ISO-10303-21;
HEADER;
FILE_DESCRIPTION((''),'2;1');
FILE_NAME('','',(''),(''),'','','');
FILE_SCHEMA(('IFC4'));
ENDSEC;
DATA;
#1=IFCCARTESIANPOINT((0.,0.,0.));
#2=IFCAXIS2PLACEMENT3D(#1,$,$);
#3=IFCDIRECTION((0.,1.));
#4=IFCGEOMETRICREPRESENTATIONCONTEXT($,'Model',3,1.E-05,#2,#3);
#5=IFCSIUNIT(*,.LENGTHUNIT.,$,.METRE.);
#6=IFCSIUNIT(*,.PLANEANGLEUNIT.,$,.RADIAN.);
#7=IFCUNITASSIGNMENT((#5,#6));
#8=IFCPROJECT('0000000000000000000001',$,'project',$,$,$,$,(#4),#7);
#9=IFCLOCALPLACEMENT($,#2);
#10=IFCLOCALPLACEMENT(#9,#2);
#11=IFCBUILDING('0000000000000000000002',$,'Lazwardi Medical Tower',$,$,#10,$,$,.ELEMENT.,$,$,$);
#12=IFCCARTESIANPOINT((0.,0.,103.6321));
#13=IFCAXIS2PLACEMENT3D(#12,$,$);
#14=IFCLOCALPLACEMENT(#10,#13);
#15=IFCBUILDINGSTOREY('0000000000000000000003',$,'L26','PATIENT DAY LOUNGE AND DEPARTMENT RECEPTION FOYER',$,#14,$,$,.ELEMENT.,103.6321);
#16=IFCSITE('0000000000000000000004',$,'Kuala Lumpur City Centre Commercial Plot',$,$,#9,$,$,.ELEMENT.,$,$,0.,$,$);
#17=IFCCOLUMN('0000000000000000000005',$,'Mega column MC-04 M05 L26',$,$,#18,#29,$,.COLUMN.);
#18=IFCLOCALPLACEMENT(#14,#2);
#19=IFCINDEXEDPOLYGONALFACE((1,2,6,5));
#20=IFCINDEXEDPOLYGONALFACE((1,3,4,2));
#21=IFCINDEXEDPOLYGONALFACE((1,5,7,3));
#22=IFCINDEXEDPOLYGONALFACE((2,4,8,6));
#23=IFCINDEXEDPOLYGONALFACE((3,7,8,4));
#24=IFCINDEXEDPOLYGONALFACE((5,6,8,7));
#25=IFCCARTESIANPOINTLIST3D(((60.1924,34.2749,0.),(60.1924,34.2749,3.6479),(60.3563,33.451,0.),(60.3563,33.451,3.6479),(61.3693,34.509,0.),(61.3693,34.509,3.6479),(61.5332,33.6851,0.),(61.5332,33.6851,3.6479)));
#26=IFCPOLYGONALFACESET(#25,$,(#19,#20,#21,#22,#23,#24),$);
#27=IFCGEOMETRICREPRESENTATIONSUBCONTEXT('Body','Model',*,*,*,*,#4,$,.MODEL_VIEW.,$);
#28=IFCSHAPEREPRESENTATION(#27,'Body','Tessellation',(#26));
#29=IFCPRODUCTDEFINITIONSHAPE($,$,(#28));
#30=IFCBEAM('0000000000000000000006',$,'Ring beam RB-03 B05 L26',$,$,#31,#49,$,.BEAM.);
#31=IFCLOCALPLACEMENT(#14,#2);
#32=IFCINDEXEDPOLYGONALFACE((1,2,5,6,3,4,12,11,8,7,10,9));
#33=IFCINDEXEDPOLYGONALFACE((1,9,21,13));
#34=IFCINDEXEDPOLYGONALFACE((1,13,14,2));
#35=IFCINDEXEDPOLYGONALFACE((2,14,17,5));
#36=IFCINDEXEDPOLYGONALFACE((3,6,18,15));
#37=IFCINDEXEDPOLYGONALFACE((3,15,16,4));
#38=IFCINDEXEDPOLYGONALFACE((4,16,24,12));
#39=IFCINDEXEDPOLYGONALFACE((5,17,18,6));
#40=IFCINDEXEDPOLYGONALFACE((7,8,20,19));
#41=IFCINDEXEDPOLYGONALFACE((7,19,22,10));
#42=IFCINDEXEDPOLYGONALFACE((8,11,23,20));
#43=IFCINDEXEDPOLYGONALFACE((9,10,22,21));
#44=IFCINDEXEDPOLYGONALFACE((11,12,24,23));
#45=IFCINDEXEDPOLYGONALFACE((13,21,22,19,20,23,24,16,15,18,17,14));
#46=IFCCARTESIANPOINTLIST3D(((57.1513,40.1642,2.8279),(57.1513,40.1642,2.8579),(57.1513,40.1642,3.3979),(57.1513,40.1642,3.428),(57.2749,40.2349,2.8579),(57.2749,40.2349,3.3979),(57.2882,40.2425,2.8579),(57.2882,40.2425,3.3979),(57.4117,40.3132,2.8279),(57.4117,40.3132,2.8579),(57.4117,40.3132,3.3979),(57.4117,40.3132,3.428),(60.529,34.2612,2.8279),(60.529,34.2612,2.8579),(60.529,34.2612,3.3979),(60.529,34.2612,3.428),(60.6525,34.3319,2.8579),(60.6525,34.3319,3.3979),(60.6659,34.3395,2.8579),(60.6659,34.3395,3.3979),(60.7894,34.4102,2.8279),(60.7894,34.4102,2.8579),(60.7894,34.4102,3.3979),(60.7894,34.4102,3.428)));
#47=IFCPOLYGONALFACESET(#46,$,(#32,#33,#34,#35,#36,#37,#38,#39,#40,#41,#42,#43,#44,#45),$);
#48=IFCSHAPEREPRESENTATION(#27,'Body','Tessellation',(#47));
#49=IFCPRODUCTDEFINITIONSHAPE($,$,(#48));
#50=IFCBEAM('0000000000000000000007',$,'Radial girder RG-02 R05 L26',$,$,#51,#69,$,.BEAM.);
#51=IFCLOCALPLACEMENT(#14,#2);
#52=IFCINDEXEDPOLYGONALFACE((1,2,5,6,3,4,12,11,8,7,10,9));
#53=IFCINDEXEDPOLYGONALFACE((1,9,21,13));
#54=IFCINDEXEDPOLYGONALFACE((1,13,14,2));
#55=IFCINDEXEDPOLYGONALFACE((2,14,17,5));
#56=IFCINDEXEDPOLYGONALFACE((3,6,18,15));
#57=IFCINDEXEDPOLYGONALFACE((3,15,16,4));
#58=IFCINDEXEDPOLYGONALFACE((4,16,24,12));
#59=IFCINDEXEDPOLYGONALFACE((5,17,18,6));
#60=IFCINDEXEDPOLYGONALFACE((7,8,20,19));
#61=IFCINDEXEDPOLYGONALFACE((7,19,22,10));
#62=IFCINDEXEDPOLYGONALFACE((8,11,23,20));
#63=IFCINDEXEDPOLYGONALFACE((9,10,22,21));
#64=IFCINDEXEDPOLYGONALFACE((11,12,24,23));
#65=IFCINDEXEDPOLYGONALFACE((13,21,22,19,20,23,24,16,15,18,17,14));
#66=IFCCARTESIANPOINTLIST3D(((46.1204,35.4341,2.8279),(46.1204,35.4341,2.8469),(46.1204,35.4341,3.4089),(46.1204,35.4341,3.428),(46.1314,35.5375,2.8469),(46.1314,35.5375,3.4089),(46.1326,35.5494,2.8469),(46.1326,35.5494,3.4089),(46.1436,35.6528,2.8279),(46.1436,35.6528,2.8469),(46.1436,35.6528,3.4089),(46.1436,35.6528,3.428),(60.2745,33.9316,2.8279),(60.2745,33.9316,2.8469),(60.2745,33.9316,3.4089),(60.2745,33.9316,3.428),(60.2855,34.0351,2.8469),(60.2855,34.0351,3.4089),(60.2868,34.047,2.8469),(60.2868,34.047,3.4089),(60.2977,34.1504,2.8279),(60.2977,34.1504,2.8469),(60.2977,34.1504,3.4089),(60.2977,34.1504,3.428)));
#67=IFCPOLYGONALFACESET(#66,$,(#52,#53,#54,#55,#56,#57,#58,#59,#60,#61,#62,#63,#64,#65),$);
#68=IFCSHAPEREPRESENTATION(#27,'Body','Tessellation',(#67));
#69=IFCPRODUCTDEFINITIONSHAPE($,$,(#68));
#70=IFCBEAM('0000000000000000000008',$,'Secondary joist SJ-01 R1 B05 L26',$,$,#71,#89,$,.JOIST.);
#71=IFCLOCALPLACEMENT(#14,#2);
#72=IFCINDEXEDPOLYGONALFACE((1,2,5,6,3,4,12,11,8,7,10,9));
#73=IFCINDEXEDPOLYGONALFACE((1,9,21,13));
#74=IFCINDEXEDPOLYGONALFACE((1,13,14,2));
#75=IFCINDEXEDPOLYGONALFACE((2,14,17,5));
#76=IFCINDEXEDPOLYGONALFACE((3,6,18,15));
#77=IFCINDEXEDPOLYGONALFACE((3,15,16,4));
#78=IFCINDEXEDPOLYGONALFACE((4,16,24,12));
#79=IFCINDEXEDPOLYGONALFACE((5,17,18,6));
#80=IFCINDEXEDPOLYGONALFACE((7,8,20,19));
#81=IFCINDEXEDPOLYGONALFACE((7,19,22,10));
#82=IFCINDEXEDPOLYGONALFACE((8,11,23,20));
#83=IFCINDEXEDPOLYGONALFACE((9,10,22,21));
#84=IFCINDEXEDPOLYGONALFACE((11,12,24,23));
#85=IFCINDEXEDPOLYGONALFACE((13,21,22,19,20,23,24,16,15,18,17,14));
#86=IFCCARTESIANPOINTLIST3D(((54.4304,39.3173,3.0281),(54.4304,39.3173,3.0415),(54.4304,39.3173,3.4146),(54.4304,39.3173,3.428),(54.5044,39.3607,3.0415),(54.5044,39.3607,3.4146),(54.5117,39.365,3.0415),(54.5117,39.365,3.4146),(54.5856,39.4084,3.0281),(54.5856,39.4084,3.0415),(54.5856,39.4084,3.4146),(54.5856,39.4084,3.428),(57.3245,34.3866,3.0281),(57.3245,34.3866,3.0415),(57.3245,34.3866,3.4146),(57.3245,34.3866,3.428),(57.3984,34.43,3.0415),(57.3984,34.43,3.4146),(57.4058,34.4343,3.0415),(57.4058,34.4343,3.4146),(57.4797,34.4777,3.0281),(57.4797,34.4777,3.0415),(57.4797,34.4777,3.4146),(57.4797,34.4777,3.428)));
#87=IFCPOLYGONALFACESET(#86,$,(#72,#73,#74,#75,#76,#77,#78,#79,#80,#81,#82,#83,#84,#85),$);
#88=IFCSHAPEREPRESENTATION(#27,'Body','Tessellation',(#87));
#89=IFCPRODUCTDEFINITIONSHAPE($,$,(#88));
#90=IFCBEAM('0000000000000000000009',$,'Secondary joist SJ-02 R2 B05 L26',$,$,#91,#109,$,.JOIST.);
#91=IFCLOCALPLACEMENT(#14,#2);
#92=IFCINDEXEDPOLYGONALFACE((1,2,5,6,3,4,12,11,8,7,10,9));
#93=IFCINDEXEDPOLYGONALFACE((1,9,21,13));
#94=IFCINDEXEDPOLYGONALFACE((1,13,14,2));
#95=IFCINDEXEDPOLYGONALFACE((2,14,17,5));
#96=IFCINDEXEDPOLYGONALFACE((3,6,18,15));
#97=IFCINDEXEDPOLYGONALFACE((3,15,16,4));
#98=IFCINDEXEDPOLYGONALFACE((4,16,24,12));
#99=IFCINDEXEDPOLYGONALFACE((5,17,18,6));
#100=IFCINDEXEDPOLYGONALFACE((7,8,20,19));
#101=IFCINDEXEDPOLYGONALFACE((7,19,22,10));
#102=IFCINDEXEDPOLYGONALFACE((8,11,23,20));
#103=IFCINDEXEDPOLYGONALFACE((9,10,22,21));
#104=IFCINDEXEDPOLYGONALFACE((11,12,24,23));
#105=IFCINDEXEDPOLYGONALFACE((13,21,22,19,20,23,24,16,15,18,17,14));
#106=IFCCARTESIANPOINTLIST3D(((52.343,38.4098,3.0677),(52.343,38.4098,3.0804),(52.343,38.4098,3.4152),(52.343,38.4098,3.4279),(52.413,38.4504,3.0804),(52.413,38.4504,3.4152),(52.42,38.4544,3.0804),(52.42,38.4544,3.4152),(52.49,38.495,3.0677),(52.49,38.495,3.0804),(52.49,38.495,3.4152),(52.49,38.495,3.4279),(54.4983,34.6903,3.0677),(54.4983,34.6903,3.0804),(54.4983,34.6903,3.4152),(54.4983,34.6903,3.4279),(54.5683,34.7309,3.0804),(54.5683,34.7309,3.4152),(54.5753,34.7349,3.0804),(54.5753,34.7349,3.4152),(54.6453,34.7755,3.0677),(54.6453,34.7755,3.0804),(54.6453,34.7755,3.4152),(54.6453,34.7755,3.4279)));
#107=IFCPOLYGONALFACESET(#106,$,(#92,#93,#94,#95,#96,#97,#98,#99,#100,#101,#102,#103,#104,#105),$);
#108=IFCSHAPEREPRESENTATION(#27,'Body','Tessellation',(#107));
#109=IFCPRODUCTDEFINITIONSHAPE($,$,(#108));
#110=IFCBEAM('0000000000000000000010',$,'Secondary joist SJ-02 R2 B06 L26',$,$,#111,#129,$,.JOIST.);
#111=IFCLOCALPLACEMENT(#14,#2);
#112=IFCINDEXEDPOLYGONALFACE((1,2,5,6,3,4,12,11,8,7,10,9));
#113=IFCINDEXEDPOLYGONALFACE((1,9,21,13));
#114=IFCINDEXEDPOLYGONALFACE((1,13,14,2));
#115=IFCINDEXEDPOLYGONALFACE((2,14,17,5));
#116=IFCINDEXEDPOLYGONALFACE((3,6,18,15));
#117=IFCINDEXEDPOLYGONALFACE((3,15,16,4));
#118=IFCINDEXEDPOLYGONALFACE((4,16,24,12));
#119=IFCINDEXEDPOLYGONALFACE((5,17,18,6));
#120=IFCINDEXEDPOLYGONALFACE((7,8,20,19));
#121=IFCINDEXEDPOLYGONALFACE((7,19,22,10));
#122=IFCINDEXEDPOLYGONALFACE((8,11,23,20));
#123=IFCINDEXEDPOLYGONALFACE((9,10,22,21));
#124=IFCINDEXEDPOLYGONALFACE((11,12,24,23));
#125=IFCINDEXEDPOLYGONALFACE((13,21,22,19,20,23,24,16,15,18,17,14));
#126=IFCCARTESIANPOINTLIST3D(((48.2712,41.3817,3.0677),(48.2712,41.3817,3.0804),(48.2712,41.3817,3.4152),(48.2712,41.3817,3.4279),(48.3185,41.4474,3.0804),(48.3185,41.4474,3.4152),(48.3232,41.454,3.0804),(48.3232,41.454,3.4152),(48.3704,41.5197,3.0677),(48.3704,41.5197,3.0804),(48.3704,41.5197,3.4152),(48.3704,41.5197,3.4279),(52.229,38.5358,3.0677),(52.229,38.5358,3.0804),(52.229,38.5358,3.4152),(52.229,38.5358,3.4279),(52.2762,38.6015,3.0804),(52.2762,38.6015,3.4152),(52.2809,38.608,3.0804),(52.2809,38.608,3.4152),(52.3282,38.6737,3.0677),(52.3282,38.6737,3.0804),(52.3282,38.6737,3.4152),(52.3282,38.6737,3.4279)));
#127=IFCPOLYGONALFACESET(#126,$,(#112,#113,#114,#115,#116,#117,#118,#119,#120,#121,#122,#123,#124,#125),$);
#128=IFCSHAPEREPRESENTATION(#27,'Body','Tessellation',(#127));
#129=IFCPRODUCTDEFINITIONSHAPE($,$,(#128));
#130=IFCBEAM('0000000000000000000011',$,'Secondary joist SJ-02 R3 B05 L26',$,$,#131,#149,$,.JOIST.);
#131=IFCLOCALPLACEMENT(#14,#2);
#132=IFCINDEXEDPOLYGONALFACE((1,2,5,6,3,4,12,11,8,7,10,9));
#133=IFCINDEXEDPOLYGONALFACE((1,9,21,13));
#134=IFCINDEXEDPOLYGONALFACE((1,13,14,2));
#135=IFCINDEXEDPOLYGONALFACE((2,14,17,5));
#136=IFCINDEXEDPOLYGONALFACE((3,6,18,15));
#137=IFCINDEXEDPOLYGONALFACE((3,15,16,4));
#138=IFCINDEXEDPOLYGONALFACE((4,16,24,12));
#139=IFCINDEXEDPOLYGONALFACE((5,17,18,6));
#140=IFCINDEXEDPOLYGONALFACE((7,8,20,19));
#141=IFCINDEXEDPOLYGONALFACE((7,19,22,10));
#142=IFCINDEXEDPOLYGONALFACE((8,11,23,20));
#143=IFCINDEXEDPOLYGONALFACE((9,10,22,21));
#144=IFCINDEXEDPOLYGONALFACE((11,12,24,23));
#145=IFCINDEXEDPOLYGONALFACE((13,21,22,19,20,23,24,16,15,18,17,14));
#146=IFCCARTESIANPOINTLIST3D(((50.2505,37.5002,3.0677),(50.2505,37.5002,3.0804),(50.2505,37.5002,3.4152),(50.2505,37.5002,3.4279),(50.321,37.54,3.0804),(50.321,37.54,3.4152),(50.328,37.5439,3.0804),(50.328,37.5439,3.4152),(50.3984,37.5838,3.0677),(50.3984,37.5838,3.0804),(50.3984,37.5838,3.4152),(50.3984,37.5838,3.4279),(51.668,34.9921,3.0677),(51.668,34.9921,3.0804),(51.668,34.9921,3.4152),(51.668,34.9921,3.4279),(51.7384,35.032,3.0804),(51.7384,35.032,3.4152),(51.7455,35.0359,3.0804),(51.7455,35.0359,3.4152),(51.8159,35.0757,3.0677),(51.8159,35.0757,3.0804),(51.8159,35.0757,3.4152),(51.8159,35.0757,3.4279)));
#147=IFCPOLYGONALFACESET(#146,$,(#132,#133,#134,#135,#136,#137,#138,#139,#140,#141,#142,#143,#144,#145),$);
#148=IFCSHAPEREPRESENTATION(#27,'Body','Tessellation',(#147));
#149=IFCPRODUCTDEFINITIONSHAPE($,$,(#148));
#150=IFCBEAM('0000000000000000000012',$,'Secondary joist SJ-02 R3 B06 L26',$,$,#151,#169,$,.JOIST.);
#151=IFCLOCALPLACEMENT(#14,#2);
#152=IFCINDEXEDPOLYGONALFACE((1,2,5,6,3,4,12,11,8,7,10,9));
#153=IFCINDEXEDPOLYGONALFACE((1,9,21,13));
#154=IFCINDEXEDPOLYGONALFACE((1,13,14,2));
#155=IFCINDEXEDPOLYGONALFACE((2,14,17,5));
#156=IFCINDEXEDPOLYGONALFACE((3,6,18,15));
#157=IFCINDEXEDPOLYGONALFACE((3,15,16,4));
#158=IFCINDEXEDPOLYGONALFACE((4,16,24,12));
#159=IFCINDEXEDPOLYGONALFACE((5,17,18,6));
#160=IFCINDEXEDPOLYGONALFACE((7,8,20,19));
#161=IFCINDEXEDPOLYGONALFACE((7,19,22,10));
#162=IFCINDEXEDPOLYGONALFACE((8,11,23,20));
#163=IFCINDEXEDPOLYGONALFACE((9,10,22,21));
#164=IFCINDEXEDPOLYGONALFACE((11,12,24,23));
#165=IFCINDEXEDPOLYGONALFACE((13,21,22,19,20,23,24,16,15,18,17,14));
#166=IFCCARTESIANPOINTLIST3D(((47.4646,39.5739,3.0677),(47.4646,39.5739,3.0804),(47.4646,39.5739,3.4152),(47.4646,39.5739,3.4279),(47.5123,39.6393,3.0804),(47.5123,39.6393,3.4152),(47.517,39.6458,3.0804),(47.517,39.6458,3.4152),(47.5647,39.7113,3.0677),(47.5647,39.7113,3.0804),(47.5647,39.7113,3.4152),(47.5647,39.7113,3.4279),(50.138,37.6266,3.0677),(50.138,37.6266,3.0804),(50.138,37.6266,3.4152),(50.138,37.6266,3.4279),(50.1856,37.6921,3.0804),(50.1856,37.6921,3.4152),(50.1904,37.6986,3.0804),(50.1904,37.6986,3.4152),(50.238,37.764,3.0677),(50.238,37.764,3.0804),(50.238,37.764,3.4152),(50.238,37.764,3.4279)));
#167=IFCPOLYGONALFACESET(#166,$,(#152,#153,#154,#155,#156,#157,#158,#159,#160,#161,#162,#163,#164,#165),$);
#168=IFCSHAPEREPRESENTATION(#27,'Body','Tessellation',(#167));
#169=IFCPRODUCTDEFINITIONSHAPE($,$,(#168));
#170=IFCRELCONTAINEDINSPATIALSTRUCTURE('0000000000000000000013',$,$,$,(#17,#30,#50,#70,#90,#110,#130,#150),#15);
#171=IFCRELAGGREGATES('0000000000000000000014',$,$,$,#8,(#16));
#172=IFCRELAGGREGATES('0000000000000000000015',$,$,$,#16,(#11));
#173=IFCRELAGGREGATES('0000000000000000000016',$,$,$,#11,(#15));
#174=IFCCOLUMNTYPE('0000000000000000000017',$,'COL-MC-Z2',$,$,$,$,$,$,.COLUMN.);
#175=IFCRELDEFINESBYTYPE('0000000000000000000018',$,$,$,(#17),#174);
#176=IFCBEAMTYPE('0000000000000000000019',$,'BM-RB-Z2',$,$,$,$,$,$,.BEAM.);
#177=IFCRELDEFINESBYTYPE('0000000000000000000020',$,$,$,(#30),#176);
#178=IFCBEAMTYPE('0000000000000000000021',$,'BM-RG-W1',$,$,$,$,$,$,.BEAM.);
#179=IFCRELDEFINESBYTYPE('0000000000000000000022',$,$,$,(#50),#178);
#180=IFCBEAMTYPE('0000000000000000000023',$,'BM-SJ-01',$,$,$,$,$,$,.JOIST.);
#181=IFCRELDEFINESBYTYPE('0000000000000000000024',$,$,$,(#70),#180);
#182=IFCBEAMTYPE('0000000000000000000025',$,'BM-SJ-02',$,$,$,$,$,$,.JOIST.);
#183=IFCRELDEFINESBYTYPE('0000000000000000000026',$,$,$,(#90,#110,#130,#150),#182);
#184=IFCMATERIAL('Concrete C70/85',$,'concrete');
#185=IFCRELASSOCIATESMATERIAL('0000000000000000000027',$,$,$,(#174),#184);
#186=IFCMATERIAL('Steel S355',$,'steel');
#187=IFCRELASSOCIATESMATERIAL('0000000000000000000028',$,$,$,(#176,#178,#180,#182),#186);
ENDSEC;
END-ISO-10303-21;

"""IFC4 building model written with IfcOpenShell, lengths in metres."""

from ifc_helpers import new_model, si_unit, direction, frame, origin, origin_2d, place, context, subcontext, project, spatial, rectangle, i_section, extrude, material, material_profile, profile_set, type_object, element, save


model = new_model("IFC4")

# Units and contexts
model_context = context("Model", 3, precision=1e-05, world=origin(), true_north=direction((0.0, 1.0)))
body_context = subcontext(model_context, "Body", "Model", "MODEL_VIEW")
ifc_project = project(units=[si_unit("LENGTHUNIT", "METRE"), si_unit("PLANEANGLEUNIT", "RADIAN")], contexts=[model_context])

# Site, building, storey
site_placement = place(None, origin())
site = spatial("IfcSite", under=ifc_project, at=site_placement, Name="Kuala Lumpur City Centre Commercial Plot", CompositionType="ELEMENT", RefElevation=0.0)
building_placement = place(site_placement, origin())
building = spatial("IfcBuilding", under=site, at=building_placement, Name="Lazwardi Medical Tower", CompositionType="ELEMENT")
storey_placement = place(building_placement, frame((0.0, 0.0, 103.6321)))
storey = spatial("IfcBuildingStorey", under=building, at=storey_placement, Name="L26", Description="PATIENT DAY LOUNGE AND DEPARTMENT RECEPTION FOYER", CompositionType="ELEMENT", Elevation=103.6321)

# Column
ifc_material_1 = material(Name="Concrete C70/85", Category="concrete")
ifc_material_profile_1 = material_profile(ifc_material_1, rectangle(XDim=1.2, YDim=0.8401, at=origin_2d()), Name="CFT-RECT 1200x840")
ifc_profile_set_1 = profile_set([ifc_material_profile_1], Name="Concrete C70/85")
column_type = type_object("IfcColumnType", Name="COL-MC-Z2", PredefinedType="COLUMN", material=ifc_profile_set_1)
column_placement = place(storey_placement, frame((60.8628, 33.98, 0.0), z_axis=(0.0, 0.0, 1.0), x_axis=(0.980785, 0.19509, 0.0)))
element("IfcColumn", 1, at=column_placement, inside=storey, type_object=column_type, Name="Mega column MC-04 M05 L26", PredefinedType="COLUMN", context=body_context, shape_type="SweptSolid", body=[
    extrude(rectangle(XDim=1.2, YDim=0.8401, at=origin_2d()), origin(), (0.0, 0.0, 1.0), 3.6479),
])

# Beams
ifc_material_2 = material(Name="Steel S355", Category="steel")
ifc_material_profile_2 = material_profile(ifc_material_2, i_section(OverallWidth=0.3, OverallDepth=0.6001, WebThickness=0.0154, FlangeThickness=0.03, at=origin_2d()), Name="HEB 600")
ifc_profile_set_2 = profile_set([ifc_material_profile_2], Name="Steel S355")
beam_type_1 = type_object("IfcBeamType", Name="BM-RB-Z2", PredefinedType="BEAM", material=ifc_profile_set_2)
beam_1_placement = place(storey_placement, frame((60.6592, 34.3357, 3.1279), z_axis=(-0.496638, 0.867958, 0.0), x_axis=(-0.867958, -0.496638, 0.0)))
element("IfcBeam", 2, at=beam_1_placement, inside=storey, type_object=beam_type_1, Name="Ring beam RB-03 B05 L26", PredefinedType="BEAM", context=body_context, shape_type="SweptSolid", body=[
    extrude(i_section(OverallWidth=0.3, OverallDepth=0.6001, WebThickness=0.0154, FlangeThickness=0.03, at=origin_2d()), origin(), (0.0, 0.0, 1.0), 6.801),
])
ifc_material_profile_3 = material_profile(ifc_material_2, i_section(OverallWidth=0.22, OverallDepth=0.6001, WebThickness=0.012, FlangeThickness=0.019, at=origin_2d()), Name="IPE 600")
ifc_profile_set_3 = profile_set([ifc_material_profile_3], Name="Steel S355")
beam_type_2 = type_object("IfcBeamType", Name="BM-RG-W1", PredefinedType="BEAM", material=ifc_profile_set_3)
beam_2_placement = place(storey_placement, frame((60.2861, 34.041, 3.1279), z_axis=(-0.994413, 0.105556, 0.0), x_axis=(-0.105556, -0.994413, 0.0)))
element("IfcBeam", 3, at=beam_2_placement, inside=storey, type_object=beam_type_2, Name="Radial girder RG-02 R05 L26", PredefinedType="BEAM", context=body_context, shape_type="SweptSolid", body=[
    extrude(i_section(OverallWidth=0.22, OverallDepth=0.6001, WebThickness=0.012, FlangeThickness=0.019, at=origin_2d()), origin(), (0.0, 0.0, 1.0), 14.2336),
])
ifc_material_profile_4 = material_profile(ifc_material_2, i_section(OverallWidth=0.1799, OverallDepth=0.3999, WebThickness=0.0085, FlangeThickness=0.0134, at=origin_2d()), Name="IPE 400")
ifc_profile_set_4 = profile_set([ifc_material_profile_4], Name="Steel S355")
beam_type_3 = type_object("IfcBeamType", Name="BM-SJ-01", PredefinedType="JOIST", material=ifc_profile_set_4)
beam_3_placement = place(storey_placement, frame((57.4021, 34.4321, 3.228), z_axis=(-0.506195, 0.862419, 0.0), x_axis=(-0.862419, -0.506195, 0.0)))
element("IfcBeam", 4, at=beam_3_placement, inside=storey, type_object=beam_type_3, Name="Secondary joist SJ-01 R1 B05 L26", PredefinedType="JOIST", context=body_context, shape_type="SweptSolid", body=[
    extrude(i_section(OverallWidth=0.1799, OverallDepth=0.3999, WebThickness=0.0085, FlangeThickness=0.0134, at=origin_2d()), origin(), (0.0, 0.0, 1.0), 5.7173),
])
ifc_material_profile_5 = material_profile(ifc_material_2, i_section(OverallWidth=0.1699, OverallDepth=0.3601, WebThickness=0.0081, FlangeThickness=0.0127, at=origin_2d()), Name="IPE 360")
ifc_profile_set_5 = profile_set([ifc_material_profile_5], Name="Steel S355")
beam_type_4 = type_object("IfcBeamType", Name="BM-SJ-02", PredefinedType="JOIST", material=ifc_profile_set_5)
beam_4_placement = place(storey_placement, frame((54.5718, 34.7329, 3.2478), z_axis=(-0.501365, 0.865236, 0.0), x_axis=(-0.865236, -0.501365, 0.0)))
element("IfcBeam", 5, at=beam_4_placement, inside=storey, type_object=beam_type_4, Name="Secondary joist SJ-02 R2 B05 L26", PredefinedType="JOIST", context=body_context, shape_type="SweptSolid", body=[
    extrude(i_section(OverallWidth=0.1699, OverallDepth=0.3601, WebThickness=0.0081, FlangeThickness=0.0127, at=origin_2d()), origin(), (0.0, 0.0, 1.0), 4.2988),
])
beam_5_placement = place(storey_placement, frame((52.2786, 38.6047, 3.2478), z_axis=(-0.811889, 0.583813, 0.0), x_axis=(-0.583813, -0.811889, 0.0)))
element("IfcBeam", 6, at=beam_5_placement, inside=storey, type_object=beam_type_4, Name="Secondary joist SJ-02 R2 B06 L26", PredefinedType="JOIST", context=body_context, shape_type="SweptSolid", body=[
    extrude(i_section(OverallWidth=0.1699, OverallDepth=0.3601, WebThickness=0.0081, FlangeThickness=0.0127, at=origin_2d()), origin(), (0.0, 0.0, 1.0), 4.8748),
])
beam_6_placement = place(storey_placement, frame((51.7419, 35.0339, 3.2478), z_axis=(-0.492027, 0.87058, 0.0), x_axis=(-0.87058, -0.492027, 0.0)))
element("IfcBeam", 7, at=beam_6_placement, inside=storey, type_object=beam_type_4, Name="Secondary joist SJ-02 R3 B05 L26", PredefinedType="JOIST", context=body_context, shape_type="SweptSolid", body=[
    extrude(i_section(OverallWidth=0.1699, OverallDepth=0.3601, WebThickness=0.0081, FlangeThickness=0.0127, at=origin_2d()), origin(), (0.0, 0.0, 1.0), 2.8809),
])
beam_7_placement = place(storey_placement, frame((50.188, 37.6953, 3.2478), z_axis=(-0.808302, 0.588768, 0.0), x_axis=(-0.588768, -0.808302, 0.0)))
element("IfcBeam", 8, at=beam_7_placement, inside=storey, type_object=beam_type_4, Name="Secondary joist SJ-02 R3 B06 L26", PredefinedType="JOIST", context=body_context, shape_type="SweptSolid", body=[
    extrude(i_section(OverallWidth=0.1699, OverallDepth=0.3601, WebThickness=0.0081, FlangeThickness=0.0127, at=origin_2d()), origin(), (0.0, 0.0, 1.0), 3.3074),
])

save(model, "model.ifc")
